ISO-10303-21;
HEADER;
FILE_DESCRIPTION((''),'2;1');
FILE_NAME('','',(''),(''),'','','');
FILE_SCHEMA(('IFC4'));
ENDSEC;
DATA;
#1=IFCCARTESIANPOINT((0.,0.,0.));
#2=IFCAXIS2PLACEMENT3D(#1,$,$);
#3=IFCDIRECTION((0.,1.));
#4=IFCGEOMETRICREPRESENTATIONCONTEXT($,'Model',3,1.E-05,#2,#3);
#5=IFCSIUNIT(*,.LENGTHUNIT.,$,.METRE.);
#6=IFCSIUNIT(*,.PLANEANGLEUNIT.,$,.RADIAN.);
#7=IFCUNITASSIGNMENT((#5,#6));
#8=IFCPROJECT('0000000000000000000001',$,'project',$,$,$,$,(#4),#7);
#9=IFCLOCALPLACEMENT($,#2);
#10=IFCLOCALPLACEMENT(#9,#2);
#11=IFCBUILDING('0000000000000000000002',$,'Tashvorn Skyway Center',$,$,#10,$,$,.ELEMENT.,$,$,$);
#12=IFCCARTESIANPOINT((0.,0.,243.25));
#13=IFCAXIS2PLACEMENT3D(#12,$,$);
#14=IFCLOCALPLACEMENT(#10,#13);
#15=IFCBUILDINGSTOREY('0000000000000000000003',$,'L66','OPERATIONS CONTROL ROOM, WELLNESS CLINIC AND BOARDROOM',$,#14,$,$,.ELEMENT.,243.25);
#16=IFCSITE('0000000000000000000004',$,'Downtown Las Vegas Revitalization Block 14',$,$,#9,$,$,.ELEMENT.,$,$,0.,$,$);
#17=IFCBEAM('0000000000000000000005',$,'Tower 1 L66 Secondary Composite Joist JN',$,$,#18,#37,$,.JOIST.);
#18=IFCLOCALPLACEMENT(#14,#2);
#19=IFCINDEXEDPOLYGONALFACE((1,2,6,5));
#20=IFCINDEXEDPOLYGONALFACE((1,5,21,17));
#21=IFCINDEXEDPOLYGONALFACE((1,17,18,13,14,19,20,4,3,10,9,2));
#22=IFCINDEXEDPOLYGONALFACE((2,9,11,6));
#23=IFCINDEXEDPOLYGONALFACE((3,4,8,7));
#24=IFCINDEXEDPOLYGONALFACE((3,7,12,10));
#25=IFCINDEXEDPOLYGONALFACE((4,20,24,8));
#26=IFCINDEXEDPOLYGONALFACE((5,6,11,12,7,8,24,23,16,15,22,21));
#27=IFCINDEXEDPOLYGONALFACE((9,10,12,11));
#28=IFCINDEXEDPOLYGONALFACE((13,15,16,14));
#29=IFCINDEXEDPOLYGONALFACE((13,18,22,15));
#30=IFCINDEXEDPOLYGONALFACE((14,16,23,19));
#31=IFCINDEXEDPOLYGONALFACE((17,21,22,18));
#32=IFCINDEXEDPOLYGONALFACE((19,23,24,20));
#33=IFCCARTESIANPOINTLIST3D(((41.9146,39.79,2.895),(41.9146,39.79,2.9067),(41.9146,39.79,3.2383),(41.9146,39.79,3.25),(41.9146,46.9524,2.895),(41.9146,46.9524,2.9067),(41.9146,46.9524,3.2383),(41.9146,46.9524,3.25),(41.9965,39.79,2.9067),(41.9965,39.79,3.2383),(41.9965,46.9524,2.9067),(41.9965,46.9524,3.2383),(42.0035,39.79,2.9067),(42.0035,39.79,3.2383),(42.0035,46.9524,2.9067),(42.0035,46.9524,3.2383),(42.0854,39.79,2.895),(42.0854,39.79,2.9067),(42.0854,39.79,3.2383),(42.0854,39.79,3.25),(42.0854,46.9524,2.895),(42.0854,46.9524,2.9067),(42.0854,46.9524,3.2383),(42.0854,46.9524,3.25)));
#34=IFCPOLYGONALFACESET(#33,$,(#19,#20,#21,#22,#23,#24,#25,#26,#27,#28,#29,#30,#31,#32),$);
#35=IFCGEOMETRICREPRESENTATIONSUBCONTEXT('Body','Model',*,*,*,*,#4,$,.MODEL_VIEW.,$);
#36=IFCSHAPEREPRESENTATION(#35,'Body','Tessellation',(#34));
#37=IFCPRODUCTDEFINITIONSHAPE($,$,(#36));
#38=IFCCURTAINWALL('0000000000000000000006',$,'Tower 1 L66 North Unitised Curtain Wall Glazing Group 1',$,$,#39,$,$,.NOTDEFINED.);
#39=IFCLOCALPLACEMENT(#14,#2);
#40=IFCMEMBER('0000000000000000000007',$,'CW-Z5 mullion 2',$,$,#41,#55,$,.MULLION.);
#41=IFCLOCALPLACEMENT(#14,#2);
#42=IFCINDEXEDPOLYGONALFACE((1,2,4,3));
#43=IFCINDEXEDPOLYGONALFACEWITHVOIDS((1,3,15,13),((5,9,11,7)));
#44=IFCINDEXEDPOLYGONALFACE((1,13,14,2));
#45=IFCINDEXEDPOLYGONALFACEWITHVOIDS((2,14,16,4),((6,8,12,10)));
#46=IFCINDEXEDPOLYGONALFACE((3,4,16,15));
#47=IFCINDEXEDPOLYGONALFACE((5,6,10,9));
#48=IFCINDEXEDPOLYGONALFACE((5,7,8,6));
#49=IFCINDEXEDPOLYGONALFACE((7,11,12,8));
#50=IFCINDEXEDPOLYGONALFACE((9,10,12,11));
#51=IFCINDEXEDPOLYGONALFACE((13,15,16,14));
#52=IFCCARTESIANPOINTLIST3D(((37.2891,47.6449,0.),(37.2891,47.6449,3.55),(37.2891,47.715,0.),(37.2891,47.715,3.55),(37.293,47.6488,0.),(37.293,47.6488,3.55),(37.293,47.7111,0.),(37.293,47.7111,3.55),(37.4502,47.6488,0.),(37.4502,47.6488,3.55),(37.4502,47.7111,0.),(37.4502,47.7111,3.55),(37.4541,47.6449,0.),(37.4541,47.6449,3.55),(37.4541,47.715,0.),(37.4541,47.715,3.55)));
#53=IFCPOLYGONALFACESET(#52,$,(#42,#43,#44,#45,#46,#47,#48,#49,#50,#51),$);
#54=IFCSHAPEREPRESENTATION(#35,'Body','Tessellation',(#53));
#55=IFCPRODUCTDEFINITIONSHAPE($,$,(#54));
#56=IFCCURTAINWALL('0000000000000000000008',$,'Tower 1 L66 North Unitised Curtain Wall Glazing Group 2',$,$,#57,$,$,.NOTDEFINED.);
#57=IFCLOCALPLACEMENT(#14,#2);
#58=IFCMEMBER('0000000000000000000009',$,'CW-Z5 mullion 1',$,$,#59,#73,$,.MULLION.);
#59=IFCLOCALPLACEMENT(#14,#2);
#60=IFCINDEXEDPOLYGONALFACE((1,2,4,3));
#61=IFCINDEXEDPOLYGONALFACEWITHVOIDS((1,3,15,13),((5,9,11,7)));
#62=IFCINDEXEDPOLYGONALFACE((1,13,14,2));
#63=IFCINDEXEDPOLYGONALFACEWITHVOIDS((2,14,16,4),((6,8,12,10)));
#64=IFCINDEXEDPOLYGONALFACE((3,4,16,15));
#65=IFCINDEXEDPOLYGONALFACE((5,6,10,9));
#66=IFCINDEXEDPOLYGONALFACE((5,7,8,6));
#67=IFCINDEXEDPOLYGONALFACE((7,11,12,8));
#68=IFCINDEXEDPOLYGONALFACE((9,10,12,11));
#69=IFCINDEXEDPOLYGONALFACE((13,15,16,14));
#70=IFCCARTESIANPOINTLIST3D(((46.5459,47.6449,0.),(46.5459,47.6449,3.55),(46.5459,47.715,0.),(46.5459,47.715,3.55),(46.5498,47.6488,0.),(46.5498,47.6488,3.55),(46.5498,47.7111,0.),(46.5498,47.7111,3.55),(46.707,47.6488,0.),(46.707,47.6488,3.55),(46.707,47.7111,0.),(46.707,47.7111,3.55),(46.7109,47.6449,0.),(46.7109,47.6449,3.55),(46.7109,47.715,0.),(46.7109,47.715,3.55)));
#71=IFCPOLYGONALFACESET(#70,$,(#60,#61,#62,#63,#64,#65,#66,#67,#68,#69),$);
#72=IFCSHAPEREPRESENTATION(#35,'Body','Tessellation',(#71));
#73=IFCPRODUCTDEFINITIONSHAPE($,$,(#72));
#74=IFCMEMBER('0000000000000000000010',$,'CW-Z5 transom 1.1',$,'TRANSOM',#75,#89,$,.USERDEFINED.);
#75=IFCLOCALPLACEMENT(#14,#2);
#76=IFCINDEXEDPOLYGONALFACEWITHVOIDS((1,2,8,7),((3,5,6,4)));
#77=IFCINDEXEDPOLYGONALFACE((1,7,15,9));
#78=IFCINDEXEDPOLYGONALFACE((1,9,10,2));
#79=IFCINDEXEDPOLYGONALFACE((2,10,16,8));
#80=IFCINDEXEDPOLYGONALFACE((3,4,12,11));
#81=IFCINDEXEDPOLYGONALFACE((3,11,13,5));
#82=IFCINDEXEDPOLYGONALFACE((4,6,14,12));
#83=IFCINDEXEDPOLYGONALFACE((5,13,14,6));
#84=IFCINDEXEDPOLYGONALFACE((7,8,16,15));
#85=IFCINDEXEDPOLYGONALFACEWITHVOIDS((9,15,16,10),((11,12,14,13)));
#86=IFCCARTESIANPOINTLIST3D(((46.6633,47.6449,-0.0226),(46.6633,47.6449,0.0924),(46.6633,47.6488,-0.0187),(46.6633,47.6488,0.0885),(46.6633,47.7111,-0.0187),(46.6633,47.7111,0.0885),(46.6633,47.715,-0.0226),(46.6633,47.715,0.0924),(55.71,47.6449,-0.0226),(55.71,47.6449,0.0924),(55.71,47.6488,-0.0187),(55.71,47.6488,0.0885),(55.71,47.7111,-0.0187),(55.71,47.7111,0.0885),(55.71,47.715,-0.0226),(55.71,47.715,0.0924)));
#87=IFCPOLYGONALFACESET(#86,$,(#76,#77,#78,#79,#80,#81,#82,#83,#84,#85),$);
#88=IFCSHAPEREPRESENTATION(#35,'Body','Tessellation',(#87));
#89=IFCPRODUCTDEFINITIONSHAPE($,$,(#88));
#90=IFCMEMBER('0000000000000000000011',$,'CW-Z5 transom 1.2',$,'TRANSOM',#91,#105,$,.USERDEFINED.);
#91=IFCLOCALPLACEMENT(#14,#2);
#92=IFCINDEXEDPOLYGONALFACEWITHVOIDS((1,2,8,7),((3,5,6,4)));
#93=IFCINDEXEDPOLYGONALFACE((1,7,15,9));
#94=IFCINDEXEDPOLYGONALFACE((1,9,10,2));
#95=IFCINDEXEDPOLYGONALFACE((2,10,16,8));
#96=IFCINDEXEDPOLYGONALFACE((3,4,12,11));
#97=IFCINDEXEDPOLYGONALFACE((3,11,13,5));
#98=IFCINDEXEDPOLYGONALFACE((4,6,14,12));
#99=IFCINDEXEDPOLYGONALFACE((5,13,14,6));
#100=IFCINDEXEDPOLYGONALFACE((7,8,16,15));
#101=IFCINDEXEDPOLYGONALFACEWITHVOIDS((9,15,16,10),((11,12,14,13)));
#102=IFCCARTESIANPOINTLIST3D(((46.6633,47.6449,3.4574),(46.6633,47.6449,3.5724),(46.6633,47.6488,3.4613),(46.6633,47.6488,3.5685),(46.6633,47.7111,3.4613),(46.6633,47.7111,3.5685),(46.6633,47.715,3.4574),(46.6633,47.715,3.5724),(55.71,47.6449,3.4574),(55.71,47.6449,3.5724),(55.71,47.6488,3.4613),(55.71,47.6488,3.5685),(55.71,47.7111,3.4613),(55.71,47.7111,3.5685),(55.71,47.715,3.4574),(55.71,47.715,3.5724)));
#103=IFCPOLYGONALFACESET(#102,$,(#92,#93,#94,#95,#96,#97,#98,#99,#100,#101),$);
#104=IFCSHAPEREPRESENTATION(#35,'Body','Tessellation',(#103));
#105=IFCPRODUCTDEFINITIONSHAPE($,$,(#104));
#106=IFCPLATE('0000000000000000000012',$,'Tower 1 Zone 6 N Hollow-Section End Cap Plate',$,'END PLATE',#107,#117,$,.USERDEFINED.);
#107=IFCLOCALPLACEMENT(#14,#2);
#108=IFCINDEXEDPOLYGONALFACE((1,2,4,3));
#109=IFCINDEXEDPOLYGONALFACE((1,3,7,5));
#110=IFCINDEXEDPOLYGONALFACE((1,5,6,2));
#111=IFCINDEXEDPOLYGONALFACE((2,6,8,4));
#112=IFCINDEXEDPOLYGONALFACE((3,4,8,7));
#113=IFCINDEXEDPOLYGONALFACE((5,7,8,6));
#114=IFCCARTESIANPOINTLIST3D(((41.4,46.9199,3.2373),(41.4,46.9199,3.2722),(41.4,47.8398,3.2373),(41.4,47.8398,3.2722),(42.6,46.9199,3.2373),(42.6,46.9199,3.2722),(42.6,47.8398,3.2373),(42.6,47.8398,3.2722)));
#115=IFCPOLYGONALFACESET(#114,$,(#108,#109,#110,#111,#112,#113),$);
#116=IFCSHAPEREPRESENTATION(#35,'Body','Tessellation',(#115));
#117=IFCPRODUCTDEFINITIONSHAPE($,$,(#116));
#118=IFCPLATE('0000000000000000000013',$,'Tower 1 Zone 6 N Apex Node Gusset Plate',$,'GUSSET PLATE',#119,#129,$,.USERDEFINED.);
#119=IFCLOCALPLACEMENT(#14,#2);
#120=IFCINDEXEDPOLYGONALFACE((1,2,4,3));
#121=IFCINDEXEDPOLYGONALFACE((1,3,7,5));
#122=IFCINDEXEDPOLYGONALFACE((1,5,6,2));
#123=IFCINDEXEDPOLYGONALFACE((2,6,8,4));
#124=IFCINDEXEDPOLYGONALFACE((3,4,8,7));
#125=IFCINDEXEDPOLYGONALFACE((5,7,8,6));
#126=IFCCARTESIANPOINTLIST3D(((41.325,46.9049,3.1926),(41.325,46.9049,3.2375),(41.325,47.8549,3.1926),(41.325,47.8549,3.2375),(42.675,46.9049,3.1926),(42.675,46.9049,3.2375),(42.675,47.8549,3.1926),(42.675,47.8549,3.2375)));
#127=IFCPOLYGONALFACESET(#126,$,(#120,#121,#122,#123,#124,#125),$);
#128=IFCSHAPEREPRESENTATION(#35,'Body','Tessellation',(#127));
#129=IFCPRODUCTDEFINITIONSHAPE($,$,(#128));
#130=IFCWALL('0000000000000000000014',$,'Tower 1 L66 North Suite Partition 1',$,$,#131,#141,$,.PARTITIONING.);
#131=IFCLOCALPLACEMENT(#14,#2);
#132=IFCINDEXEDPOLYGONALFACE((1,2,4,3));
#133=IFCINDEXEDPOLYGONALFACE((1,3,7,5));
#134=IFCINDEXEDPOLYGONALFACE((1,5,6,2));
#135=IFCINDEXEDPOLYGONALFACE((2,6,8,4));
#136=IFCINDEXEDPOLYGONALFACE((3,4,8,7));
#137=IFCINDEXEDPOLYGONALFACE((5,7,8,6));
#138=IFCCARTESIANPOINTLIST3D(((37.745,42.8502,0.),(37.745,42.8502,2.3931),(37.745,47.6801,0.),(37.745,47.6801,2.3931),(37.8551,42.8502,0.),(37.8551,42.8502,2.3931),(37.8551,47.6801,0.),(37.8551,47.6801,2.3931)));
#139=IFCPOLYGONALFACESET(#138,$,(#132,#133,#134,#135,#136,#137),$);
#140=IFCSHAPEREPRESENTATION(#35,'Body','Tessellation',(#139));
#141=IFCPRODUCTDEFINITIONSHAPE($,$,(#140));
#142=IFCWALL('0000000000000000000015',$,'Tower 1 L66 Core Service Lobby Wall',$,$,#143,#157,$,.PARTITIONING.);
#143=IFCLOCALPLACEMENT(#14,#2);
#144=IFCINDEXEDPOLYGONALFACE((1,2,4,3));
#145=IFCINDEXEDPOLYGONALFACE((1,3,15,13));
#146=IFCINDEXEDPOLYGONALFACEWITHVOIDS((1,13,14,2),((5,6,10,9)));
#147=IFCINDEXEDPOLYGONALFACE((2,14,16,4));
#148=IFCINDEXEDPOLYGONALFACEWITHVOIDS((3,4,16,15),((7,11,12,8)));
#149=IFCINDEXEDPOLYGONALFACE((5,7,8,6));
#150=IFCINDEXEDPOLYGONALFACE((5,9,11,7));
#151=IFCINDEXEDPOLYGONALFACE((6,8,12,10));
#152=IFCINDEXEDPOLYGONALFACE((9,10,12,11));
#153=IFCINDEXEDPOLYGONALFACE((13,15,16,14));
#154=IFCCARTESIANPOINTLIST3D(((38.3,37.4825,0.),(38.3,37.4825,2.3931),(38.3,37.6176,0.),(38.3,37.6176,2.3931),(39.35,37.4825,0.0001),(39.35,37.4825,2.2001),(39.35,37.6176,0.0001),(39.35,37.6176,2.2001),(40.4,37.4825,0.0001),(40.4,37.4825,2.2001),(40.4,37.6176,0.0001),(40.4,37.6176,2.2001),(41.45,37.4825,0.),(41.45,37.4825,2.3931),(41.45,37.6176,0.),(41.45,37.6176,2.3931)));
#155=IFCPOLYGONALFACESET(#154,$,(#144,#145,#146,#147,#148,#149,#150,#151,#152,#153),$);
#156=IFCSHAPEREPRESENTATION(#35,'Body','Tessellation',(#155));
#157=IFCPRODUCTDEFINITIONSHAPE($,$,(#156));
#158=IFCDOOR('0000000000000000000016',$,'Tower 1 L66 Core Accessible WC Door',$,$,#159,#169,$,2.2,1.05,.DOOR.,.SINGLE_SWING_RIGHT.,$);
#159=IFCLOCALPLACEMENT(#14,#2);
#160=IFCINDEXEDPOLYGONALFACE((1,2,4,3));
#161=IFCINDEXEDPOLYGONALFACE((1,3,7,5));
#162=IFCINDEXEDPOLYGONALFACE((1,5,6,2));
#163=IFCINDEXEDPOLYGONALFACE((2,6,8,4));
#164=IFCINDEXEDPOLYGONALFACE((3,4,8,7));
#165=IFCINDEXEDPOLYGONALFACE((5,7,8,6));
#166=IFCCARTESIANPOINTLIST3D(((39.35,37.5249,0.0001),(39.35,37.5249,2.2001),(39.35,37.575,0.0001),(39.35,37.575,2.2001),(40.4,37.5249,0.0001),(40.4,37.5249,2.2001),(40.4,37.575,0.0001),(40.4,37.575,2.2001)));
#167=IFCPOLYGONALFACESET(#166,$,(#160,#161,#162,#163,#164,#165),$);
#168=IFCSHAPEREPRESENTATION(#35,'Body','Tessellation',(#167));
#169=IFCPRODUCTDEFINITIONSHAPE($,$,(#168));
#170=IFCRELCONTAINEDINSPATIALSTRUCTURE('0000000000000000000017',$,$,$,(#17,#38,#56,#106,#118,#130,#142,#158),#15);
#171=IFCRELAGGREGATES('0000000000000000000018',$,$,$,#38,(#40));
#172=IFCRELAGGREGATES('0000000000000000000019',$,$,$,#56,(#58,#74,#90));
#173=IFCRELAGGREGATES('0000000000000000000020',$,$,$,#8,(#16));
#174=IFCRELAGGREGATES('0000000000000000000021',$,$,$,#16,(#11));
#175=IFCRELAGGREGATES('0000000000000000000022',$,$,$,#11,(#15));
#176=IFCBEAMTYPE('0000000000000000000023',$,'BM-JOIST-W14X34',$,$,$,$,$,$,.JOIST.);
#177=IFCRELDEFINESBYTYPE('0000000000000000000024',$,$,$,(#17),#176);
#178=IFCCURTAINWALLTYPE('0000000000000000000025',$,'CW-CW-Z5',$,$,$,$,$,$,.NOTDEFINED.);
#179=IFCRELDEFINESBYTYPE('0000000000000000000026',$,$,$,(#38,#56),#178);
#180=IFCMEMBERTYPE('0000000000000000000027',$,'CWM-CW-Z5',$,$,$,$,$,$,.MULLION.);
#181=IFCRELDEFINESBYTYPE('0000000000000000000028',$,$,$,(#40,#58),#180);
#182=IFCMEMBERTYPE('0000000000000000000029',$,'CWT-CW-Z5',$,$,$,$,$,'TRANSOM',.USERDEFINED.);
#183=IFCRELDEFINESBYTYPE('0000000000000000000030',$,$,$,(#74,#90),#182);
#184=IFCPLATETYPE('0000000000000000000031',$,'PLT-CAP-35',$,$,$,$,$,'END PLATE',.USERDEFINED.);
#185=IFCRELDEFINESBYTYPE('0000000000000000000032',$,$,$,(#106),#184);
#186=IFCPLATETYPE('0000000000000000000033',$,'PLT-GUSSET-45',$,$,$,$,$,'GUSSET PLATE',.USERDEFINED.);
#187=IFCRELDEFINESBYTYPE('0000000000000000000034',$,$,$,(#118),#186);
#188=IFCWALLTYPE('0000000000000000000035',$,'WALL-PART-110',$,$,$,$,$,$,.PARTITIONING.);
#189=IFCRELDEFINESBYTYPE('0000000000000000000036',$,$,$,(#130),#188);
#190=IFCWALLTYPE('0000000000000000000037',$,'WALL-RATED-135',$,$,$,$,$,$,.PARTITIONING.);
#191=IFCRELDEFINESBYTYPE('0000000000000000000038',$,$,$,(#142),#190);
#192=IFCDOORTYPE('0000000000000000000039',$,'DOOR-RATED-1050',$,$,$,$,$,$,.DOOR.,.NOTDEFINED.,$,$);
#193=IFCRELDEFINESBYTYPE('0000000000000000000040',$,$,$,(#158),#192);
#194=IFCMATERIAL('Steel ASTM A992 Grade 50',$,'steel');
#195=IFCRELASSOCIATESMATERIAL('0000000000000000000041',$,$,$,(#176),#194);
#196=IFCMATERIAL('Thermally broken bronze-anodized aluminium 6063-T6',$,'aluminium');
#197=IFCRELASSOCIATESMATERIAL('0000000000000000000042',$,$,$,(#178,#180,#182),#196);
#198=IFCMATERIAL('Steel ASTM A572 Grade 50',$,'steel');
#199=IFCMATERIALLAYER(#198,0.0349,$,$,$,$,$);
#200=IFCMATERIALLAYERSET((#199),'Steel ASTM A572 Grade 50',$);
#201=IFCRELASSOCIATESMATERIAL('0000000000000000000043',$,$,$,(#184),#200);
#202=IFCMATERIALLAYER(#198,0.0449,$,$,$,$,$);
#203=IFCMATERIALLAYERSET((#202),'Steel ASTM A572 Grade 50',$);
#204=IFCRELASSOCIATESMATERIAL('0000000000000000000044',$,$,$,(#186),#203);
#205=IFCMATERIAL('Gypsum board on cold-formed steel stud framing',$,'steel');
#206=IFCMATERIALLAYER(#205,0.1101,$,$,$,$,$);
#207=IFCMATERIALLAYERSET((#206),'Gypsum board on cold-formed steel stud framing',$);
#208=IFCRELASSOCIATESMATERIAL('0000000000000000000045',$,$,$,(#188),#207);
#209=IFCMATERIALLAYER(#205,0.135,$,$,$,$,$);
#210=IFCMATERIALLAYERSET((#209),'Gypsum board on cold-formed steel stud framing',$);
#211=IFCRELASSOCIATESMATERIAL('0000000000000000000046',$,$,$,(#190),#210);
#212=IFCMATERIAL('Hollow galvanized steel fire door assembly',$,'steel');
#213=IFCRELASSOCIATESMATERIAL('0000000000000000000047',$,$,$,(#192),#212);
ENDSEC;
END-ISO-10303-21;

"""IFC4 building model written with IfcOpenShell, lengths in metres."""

from ifc_helpers import new_model, si_unit, direction, frame, frame_2d, origin, origin_2d, place, context, subcontext, project, spatial, rectangle, hollow_rectangle, i_section, extrude, material, layer, layer_set, material_profile, profile_set, type_object, element, fill, aggregate, save


model = new_model("IFC4")

# Units and contexts
model_context = context("Model", 3, precision=1e-05, world=origin(), true_north=direction((0.0, 1.0)))
body_context = subcontext(model_context, "Body", "Model", "MODEL_VIEW")
ifc_project = project(units=[si_unit("LENGTHUNIT", "METRE"), si_unit("PLANEANGLEUNIT", "RADIAN")], contexts=[model_context])

# Site, building, storey
site_placement = place(None, origin())
site = spatial("IfcSite", under=ifc_project, at=site_placement, Name="Downtown Las Vegas Revitalization Block 14", CompositionType="ELEMENT", RefElevation=0.0)
building_placement = place(site_placement, origin())
building = spatial("IfcBuilding", under=site, at=building_placement, Name="Tashvorn Skyway Center", CompositionType="ELEMENT")
storey_placement = place(building_placement, frame((0.0, 0.0, 243.25)))
storey = spatial("IfcBuildingStorey", under=building, at=storey_placement, Name="L66", Description="OPERATIONS CONTROL ROOM, WELLNESS CLINIC AND BOARDROOM", CompositionType="ELEMENT", Elevation=243.25)

# Beam
ifc_material_1 = material(Name="Steel ASTM A992 Grade 50", Category="steel")
ifc_material_profile_1 = material_profile(ifc_material_1, i_section(OverallWidth=0.1709, OverallDepth=0.355, WebThickness=0.0071, FlangeThickness=0.0117, at=origin_2d()), Name="W14X34")
ifc_profile_set_1 = profile_set([ifc_material_profile_1], Name="Steel ASTM A992 Grade 50")
beam_type = type_object("IfcBeamType", Name="BM-JOIST-W14X34", PredefinedType="JOIST", material=ifc_profile_set_1)
beam_placement = place(storey_placement, frame((42.0, 39.79, 3.0725), z_axis=(0.0, 1.0, 0.0), x_axis=(-1.0, 0.0, 0.0)))
element("IfcBeam", 1, at=beam_placement, inside=storey, type_object=beam_type, Name="Tower 1 L66 Secondary Composite Joist JN", PredefinedType="JOIST", context=body_context, shape_type="SweptSolid", body=[
    extrude(i_section(OverallWidth=0.1709, OverallDepth=0.355, WebThickness=0.0071, FlangeThickness=0.0117, at=origin_2d()), origin(), (0.0, 0.0, 1.0), 7.1624),
])

# Curtain wall, member
ifc_material_2 = material(Name="Thermally broken bronze-anodized aluminium 6063-T6", Category="aluminium")
curtain_wall_type = type_object("IfcCurtainWallType", Name="CW-CW-Z5", PredefinedType="NOTDEFINED", material=ifc_material_2)
curtain_wall_1_placement = place(storey_placement, origin())
curtain_wall_1 = element("IfcCurtainWall", 2, at=curtain_wall_1_placement, inside=storey, type_object=curtain_wall_type, Name="Tower 1 L66 North Unitised Curtain Wall Glazing Group 1", PredefinedType="NOTDEFINED")
ifc_material_profile_2 = material_profile(ifc_material_2, hollow_rectangle(XDim=0.0701, YDim=0.165, WallThickness=0.0039, at=origin_2d()), Name="ALU-MULL-70x165")
ifc_profile_set_2 = profile_set([ifc_material_profile_2], Name="Thermally broken bronze-anodized aluminium 6063-T6")
member_type_1 = type_object("IfcMemberType", Name="CWM-CW-Z5", PredefinedType="MULLION", material=ifc_profile_set_2)
member_1_placement = place(storey_placement, frame((37.3716, 47.6799, 0.0), z_axis=(0.0, 0.0, 1.0), x_axis=(0.0, 1.0, 0.0)))
member_1 = element("IfcMember", 3, at=member_1_placement, type_object=member_type_1, Name="CW-Z5 mullion 2", PredefinedType="MULLION", context=body_context, shape_type="SweptSolid", body=[
    extrude(hollow_rectangle(XDim=0.0701, YDim=0.165, WallThickness=0.0039, at=origin_2d()), origin(), (0.0, 0.0, 1.0), 3.55),
])
aggregate(curtain_wall_1, [member_1])

# Curtain wall, members
curtain_wall_2_placement = place(storey_placement, origin())
curtain_wall_2 = element("IfcCurtainWall", 4, at=curtain_wall_2_placement, inside=storey, type_object=curtain_wall_type, Name="Tower 1 L66 North Unitised Curtain Wall Glazing Group 2", PredefinedType="NOTDEFINED")
member_2_placement = place(storey_placement, frame((46.6284, 47.6799, 0.0), z_axis=(0.0, 0.0, 1.0), x_axis=(0.0, 1.0, 0.0)))
member_2 = element("IfcMember", 5, at=member_2_placement, type_object=member_type_1, Name="CW-Z5 mullion 1", PredefinedType="MULLION", context=body_context, shape_type="SweptSolid", body=[
    extrude(hollow_rectangle(XDim=0.0701, YDim=0.165, WallThickness=0.0039, at=origin_2d()), origin(), (0.0, 0.0, 1.0), 3.55),
])
ifc_material_profile_3 = material_profile(ifc_material_2, hollow_rectangle(XDim=0.0701, YDim=0.115, WallThickness=0.0039, at=origin_2d()), Name="ALU-TRAN-70x115")
ifc_profile_set_3 = profile_set([ifc_material_profile_3], Name="Thermally broken bronze-anodized aluminium 6063-T6")
member_type_2 = type_object("IfcMemberType", Name="CWT-CW-Z5", ElementType="TRANSOM", PredefinedType="USERDEFINED", material=ifc_profile_set_3)
member_3_placement = place(storey_placement, frame((46.6633, 47.6799, 0.0349), z_axis=(1.0, 0.0, 0.0), x_axis=(0.0, 1.0, 0.0)))
member_3 = element("IfcMember", 6, at=member_3_placement, type_object=member_type_2, Name="CW-Z5 transom 1.1", ObjectType="TRANSOM", PredefinedType="USERDEFINED", context=body_context, shape_type="SweptSolid", body=[
    extrude(hollow_rectangle(XDim=0.0701, YDim=0.115, WallThickness=0.0039, at=origin_2d()), origin(), (0.0, 0.0, 1.0), 9.0466),
])
member_4_placement = place(storey_placement, frame((46.6633, 47.6799, 3.5149), z_axis=(1.0, 0.0, 0.0), x_axis=(0.0, 1.0, 0.0)))
member_4 = element("IfcMember", 7, at=member_4_placement, type_object=member_type_2, Name="CW-Z5 transom 1.2", ObjectType="TRANSOM", PredefinedType="USERDEFINED", context=body_context, shape_type="SweptSolid", body=[
    extrude(hollow_rectangle(XDim=0.0701, YDim=0.115, WallThickness=0.0039, at=origin_2d()), origin(), (0.0, 0.0, 1.0), 9.0466),
])
aggregate(curtain_wall_2, [member_2, member_3, member_4])

# Plates
ifc_material_3 = material(Name="Steel ASTM A572 Grade 50", Category="steel")
ifc_layer_1 = layer(ifc_material_3, 0.0349)
ifc_layer_set_1 = layer_set([ifc_layer_1], Name="Steel ASTM A572 Grade 50")
plate_type_1 = type_object("IfcPlateType", Name="PLT-CAP-35", ElementType="END PLATE", PredefinedType="USERDEFINED", material=ifc_layer_set_1)
plate_1_placement = place(storey_placement, frame((42.0, 47.3799, 3.2373), z_axis=(0.0, 0.0, 1.0), x_axis=(-1.0, 0.0, 0.0)))
element("IfcPlate", 8, at=plate_1_placement, inside=storey, type_object=plate_type_1, Name="Tower 1 Zone 6 N Hollow-Section End Cap Plate", ObjectType="END PLATE", PredefinedType="USERDEFINED", context=body_context, shape_type="SweptSolid", body=[
    extrude(rectangle(XDim=1.2, YDim=0.9199, at=origin_2d()), origin(), (0.0, 0.0, 1.0), 0.0349),
])
ifc_layer_2 = layer(ifc_material_3, 0.0449)
ifc_layer_set_2 = layer_set([ifc_layer_2], Name="Steel ASTM A572 Grade 50")
plate_type_2 = type_object("IfcPlateType", Name="PLT-GUSSET-45", ElementType="GUSSET PLATE", PredefinedType="USERDEFINED", material=ifc_layer_set_2)
plate_2_placement = place(storey_placement, frame((42.0, 47.3799, 3.1926), z_axis=(0.0, 0.0, 1.0), x_axis=(-1.0, 0.0, 0.0)))
element("IfcPlate", 9, at=plate_2_placement, inside=storey, type_object=plate_type_2, Name="Tower 1 Zone 6 N Apex Node Gusset Plate", ObjectType="GUSSET PLATE", PredefinedType="USERDEFINED", context=body_context, shape_type="SweptSolid", body=[
    extrude(rectangle(XDim=1.3501, YDim=0.95, at=origin_2d()), origin(), (0.0, 0.0, 1.0), 0.0449),
])

# Wall
ifc_material_4 = material(Name="Gypsum board on cold-formed steel stud framing", Category="steel")
ifc_layer_3 = layer(ifc_material_4, 0.1101)
ifc_layer_set_3 = layer_set([ifc_layer_3], Name="Gypsum board on cold-formed steel stud framing")
wall_type_1 = type_object("IfcWallType", Name="WALL-PART-110", PredefinedType="PARTITIONING", material=ifc_layer_set_3)
wall_1_placement = place(storey_placement, frame((37.8, 42.8501, 0.0), z_axis=(0.0, 0.0, 1.0), x_axis=(0.0, 1.0, 0.0)))
element("IfcWall", 10, at=wall_1_placement, inside=storey, type_object=wall_type_1, Name="Tower 1 L66 North Suite Partition 1", PredefinedType="PARTITIONING", context=body_context, shape_type="SweptSolid", body=[
    extrude(rectangle(XDim=4.8298, YDim=0.1101, at=frame_2d((2.415, 0.0))), origin(), (0.0, 0.0, 1.0), 2.3931),
])

# Wall, opening, door
ifc_layer_4 = layer(ifc_material_4, 0.135)
ifc_layer_set_4 = layer_set([ifc_layer_4], Name="Gypsum board on cold-formed steel stud framing")
wall_type_2 = type_object("IfcWallType", Name="WALL-RATED-135", PredefinedType="PARTITIONING", material=ifc_layer_set_4)
wall_2_placement = place(storey_placement, frame((38.3, 37.55, 0.0), z_axis=(0.0, 0.0, 1.0), x_axis=(1.0, 0.0, 0.0)))
wall_2 = element("IfcWall", 11, at=wall_2_placement, inside=storey, type_object=wall_type_2, Name="Tower 1 L66 Core Service Lobby Wall", PredefinedType="PARTITIONING", context=body_context, shape_type="SweptSolid", body=[
    extrude(rectangle(XDim=3.1499, YDim=0.135, at=frame_2d((1.575, 0.0))), origin(), (0.0, 0.0, 1.0), 2.3931),
])
opening_1_placement = place(wall_2_placement, frame((1.05, 0.0, 0.0)))
opening_1 = element("IfcOpeningElement", 12, at=opening_1_placement, cuts=wall_2, PredefinedType="OPENING", context=body_context, shape_type="SweptSolid", body=[
    extrude(rectangle(XDim=1.05, YDim=2.2, at=frame_2d((0.5249, 1.1001))), frame((0.0, 0.0774, 0.0), z_axis=(0.0, -1.0, 0.0), x_axis=(1.0, 0.0, 0.0)), (0.0, 0.0, 1.0), 0.155),
])
ifc_material_5 = material(Name="Hollow galvanized steel fire door assembly", Category="steel")
door_type_1 = type_object("IfcDoorType", Name="DOOR-RATED-1050", OperationType="NOTDEFINED", PredefinedType="DOOR", material=ifc_material_5)
door_1_placement = place(opening_1_placement, origin())
door_1 = element("IfcDoor", 13, at=door_1_placement, inside=storey, type_object=door_type_1, Name="Tower 1 L66 Core Accessible WC Door", OperationType="SINGLE_SWING_RIGHT", OverallHeight=2.2, OverallWidth=1.05, PredefinedType="DOOR", context=body_context, shape_type="SweptSolid", body=[
    extrude(rectangle(XDim=1.05, YDim=2.2, at=frame_2d((0.5249, 1.1001))), frame((0.0, 0.0249, 0.0), z_axis=(0.0, -1.0, 0.0), x_axis=(1.0, 0.0, 0.0)), (0.0, 0.0, 1.0), 0.05),
])
fill(opening_1, door_1)

save(model, "model.ifc")
